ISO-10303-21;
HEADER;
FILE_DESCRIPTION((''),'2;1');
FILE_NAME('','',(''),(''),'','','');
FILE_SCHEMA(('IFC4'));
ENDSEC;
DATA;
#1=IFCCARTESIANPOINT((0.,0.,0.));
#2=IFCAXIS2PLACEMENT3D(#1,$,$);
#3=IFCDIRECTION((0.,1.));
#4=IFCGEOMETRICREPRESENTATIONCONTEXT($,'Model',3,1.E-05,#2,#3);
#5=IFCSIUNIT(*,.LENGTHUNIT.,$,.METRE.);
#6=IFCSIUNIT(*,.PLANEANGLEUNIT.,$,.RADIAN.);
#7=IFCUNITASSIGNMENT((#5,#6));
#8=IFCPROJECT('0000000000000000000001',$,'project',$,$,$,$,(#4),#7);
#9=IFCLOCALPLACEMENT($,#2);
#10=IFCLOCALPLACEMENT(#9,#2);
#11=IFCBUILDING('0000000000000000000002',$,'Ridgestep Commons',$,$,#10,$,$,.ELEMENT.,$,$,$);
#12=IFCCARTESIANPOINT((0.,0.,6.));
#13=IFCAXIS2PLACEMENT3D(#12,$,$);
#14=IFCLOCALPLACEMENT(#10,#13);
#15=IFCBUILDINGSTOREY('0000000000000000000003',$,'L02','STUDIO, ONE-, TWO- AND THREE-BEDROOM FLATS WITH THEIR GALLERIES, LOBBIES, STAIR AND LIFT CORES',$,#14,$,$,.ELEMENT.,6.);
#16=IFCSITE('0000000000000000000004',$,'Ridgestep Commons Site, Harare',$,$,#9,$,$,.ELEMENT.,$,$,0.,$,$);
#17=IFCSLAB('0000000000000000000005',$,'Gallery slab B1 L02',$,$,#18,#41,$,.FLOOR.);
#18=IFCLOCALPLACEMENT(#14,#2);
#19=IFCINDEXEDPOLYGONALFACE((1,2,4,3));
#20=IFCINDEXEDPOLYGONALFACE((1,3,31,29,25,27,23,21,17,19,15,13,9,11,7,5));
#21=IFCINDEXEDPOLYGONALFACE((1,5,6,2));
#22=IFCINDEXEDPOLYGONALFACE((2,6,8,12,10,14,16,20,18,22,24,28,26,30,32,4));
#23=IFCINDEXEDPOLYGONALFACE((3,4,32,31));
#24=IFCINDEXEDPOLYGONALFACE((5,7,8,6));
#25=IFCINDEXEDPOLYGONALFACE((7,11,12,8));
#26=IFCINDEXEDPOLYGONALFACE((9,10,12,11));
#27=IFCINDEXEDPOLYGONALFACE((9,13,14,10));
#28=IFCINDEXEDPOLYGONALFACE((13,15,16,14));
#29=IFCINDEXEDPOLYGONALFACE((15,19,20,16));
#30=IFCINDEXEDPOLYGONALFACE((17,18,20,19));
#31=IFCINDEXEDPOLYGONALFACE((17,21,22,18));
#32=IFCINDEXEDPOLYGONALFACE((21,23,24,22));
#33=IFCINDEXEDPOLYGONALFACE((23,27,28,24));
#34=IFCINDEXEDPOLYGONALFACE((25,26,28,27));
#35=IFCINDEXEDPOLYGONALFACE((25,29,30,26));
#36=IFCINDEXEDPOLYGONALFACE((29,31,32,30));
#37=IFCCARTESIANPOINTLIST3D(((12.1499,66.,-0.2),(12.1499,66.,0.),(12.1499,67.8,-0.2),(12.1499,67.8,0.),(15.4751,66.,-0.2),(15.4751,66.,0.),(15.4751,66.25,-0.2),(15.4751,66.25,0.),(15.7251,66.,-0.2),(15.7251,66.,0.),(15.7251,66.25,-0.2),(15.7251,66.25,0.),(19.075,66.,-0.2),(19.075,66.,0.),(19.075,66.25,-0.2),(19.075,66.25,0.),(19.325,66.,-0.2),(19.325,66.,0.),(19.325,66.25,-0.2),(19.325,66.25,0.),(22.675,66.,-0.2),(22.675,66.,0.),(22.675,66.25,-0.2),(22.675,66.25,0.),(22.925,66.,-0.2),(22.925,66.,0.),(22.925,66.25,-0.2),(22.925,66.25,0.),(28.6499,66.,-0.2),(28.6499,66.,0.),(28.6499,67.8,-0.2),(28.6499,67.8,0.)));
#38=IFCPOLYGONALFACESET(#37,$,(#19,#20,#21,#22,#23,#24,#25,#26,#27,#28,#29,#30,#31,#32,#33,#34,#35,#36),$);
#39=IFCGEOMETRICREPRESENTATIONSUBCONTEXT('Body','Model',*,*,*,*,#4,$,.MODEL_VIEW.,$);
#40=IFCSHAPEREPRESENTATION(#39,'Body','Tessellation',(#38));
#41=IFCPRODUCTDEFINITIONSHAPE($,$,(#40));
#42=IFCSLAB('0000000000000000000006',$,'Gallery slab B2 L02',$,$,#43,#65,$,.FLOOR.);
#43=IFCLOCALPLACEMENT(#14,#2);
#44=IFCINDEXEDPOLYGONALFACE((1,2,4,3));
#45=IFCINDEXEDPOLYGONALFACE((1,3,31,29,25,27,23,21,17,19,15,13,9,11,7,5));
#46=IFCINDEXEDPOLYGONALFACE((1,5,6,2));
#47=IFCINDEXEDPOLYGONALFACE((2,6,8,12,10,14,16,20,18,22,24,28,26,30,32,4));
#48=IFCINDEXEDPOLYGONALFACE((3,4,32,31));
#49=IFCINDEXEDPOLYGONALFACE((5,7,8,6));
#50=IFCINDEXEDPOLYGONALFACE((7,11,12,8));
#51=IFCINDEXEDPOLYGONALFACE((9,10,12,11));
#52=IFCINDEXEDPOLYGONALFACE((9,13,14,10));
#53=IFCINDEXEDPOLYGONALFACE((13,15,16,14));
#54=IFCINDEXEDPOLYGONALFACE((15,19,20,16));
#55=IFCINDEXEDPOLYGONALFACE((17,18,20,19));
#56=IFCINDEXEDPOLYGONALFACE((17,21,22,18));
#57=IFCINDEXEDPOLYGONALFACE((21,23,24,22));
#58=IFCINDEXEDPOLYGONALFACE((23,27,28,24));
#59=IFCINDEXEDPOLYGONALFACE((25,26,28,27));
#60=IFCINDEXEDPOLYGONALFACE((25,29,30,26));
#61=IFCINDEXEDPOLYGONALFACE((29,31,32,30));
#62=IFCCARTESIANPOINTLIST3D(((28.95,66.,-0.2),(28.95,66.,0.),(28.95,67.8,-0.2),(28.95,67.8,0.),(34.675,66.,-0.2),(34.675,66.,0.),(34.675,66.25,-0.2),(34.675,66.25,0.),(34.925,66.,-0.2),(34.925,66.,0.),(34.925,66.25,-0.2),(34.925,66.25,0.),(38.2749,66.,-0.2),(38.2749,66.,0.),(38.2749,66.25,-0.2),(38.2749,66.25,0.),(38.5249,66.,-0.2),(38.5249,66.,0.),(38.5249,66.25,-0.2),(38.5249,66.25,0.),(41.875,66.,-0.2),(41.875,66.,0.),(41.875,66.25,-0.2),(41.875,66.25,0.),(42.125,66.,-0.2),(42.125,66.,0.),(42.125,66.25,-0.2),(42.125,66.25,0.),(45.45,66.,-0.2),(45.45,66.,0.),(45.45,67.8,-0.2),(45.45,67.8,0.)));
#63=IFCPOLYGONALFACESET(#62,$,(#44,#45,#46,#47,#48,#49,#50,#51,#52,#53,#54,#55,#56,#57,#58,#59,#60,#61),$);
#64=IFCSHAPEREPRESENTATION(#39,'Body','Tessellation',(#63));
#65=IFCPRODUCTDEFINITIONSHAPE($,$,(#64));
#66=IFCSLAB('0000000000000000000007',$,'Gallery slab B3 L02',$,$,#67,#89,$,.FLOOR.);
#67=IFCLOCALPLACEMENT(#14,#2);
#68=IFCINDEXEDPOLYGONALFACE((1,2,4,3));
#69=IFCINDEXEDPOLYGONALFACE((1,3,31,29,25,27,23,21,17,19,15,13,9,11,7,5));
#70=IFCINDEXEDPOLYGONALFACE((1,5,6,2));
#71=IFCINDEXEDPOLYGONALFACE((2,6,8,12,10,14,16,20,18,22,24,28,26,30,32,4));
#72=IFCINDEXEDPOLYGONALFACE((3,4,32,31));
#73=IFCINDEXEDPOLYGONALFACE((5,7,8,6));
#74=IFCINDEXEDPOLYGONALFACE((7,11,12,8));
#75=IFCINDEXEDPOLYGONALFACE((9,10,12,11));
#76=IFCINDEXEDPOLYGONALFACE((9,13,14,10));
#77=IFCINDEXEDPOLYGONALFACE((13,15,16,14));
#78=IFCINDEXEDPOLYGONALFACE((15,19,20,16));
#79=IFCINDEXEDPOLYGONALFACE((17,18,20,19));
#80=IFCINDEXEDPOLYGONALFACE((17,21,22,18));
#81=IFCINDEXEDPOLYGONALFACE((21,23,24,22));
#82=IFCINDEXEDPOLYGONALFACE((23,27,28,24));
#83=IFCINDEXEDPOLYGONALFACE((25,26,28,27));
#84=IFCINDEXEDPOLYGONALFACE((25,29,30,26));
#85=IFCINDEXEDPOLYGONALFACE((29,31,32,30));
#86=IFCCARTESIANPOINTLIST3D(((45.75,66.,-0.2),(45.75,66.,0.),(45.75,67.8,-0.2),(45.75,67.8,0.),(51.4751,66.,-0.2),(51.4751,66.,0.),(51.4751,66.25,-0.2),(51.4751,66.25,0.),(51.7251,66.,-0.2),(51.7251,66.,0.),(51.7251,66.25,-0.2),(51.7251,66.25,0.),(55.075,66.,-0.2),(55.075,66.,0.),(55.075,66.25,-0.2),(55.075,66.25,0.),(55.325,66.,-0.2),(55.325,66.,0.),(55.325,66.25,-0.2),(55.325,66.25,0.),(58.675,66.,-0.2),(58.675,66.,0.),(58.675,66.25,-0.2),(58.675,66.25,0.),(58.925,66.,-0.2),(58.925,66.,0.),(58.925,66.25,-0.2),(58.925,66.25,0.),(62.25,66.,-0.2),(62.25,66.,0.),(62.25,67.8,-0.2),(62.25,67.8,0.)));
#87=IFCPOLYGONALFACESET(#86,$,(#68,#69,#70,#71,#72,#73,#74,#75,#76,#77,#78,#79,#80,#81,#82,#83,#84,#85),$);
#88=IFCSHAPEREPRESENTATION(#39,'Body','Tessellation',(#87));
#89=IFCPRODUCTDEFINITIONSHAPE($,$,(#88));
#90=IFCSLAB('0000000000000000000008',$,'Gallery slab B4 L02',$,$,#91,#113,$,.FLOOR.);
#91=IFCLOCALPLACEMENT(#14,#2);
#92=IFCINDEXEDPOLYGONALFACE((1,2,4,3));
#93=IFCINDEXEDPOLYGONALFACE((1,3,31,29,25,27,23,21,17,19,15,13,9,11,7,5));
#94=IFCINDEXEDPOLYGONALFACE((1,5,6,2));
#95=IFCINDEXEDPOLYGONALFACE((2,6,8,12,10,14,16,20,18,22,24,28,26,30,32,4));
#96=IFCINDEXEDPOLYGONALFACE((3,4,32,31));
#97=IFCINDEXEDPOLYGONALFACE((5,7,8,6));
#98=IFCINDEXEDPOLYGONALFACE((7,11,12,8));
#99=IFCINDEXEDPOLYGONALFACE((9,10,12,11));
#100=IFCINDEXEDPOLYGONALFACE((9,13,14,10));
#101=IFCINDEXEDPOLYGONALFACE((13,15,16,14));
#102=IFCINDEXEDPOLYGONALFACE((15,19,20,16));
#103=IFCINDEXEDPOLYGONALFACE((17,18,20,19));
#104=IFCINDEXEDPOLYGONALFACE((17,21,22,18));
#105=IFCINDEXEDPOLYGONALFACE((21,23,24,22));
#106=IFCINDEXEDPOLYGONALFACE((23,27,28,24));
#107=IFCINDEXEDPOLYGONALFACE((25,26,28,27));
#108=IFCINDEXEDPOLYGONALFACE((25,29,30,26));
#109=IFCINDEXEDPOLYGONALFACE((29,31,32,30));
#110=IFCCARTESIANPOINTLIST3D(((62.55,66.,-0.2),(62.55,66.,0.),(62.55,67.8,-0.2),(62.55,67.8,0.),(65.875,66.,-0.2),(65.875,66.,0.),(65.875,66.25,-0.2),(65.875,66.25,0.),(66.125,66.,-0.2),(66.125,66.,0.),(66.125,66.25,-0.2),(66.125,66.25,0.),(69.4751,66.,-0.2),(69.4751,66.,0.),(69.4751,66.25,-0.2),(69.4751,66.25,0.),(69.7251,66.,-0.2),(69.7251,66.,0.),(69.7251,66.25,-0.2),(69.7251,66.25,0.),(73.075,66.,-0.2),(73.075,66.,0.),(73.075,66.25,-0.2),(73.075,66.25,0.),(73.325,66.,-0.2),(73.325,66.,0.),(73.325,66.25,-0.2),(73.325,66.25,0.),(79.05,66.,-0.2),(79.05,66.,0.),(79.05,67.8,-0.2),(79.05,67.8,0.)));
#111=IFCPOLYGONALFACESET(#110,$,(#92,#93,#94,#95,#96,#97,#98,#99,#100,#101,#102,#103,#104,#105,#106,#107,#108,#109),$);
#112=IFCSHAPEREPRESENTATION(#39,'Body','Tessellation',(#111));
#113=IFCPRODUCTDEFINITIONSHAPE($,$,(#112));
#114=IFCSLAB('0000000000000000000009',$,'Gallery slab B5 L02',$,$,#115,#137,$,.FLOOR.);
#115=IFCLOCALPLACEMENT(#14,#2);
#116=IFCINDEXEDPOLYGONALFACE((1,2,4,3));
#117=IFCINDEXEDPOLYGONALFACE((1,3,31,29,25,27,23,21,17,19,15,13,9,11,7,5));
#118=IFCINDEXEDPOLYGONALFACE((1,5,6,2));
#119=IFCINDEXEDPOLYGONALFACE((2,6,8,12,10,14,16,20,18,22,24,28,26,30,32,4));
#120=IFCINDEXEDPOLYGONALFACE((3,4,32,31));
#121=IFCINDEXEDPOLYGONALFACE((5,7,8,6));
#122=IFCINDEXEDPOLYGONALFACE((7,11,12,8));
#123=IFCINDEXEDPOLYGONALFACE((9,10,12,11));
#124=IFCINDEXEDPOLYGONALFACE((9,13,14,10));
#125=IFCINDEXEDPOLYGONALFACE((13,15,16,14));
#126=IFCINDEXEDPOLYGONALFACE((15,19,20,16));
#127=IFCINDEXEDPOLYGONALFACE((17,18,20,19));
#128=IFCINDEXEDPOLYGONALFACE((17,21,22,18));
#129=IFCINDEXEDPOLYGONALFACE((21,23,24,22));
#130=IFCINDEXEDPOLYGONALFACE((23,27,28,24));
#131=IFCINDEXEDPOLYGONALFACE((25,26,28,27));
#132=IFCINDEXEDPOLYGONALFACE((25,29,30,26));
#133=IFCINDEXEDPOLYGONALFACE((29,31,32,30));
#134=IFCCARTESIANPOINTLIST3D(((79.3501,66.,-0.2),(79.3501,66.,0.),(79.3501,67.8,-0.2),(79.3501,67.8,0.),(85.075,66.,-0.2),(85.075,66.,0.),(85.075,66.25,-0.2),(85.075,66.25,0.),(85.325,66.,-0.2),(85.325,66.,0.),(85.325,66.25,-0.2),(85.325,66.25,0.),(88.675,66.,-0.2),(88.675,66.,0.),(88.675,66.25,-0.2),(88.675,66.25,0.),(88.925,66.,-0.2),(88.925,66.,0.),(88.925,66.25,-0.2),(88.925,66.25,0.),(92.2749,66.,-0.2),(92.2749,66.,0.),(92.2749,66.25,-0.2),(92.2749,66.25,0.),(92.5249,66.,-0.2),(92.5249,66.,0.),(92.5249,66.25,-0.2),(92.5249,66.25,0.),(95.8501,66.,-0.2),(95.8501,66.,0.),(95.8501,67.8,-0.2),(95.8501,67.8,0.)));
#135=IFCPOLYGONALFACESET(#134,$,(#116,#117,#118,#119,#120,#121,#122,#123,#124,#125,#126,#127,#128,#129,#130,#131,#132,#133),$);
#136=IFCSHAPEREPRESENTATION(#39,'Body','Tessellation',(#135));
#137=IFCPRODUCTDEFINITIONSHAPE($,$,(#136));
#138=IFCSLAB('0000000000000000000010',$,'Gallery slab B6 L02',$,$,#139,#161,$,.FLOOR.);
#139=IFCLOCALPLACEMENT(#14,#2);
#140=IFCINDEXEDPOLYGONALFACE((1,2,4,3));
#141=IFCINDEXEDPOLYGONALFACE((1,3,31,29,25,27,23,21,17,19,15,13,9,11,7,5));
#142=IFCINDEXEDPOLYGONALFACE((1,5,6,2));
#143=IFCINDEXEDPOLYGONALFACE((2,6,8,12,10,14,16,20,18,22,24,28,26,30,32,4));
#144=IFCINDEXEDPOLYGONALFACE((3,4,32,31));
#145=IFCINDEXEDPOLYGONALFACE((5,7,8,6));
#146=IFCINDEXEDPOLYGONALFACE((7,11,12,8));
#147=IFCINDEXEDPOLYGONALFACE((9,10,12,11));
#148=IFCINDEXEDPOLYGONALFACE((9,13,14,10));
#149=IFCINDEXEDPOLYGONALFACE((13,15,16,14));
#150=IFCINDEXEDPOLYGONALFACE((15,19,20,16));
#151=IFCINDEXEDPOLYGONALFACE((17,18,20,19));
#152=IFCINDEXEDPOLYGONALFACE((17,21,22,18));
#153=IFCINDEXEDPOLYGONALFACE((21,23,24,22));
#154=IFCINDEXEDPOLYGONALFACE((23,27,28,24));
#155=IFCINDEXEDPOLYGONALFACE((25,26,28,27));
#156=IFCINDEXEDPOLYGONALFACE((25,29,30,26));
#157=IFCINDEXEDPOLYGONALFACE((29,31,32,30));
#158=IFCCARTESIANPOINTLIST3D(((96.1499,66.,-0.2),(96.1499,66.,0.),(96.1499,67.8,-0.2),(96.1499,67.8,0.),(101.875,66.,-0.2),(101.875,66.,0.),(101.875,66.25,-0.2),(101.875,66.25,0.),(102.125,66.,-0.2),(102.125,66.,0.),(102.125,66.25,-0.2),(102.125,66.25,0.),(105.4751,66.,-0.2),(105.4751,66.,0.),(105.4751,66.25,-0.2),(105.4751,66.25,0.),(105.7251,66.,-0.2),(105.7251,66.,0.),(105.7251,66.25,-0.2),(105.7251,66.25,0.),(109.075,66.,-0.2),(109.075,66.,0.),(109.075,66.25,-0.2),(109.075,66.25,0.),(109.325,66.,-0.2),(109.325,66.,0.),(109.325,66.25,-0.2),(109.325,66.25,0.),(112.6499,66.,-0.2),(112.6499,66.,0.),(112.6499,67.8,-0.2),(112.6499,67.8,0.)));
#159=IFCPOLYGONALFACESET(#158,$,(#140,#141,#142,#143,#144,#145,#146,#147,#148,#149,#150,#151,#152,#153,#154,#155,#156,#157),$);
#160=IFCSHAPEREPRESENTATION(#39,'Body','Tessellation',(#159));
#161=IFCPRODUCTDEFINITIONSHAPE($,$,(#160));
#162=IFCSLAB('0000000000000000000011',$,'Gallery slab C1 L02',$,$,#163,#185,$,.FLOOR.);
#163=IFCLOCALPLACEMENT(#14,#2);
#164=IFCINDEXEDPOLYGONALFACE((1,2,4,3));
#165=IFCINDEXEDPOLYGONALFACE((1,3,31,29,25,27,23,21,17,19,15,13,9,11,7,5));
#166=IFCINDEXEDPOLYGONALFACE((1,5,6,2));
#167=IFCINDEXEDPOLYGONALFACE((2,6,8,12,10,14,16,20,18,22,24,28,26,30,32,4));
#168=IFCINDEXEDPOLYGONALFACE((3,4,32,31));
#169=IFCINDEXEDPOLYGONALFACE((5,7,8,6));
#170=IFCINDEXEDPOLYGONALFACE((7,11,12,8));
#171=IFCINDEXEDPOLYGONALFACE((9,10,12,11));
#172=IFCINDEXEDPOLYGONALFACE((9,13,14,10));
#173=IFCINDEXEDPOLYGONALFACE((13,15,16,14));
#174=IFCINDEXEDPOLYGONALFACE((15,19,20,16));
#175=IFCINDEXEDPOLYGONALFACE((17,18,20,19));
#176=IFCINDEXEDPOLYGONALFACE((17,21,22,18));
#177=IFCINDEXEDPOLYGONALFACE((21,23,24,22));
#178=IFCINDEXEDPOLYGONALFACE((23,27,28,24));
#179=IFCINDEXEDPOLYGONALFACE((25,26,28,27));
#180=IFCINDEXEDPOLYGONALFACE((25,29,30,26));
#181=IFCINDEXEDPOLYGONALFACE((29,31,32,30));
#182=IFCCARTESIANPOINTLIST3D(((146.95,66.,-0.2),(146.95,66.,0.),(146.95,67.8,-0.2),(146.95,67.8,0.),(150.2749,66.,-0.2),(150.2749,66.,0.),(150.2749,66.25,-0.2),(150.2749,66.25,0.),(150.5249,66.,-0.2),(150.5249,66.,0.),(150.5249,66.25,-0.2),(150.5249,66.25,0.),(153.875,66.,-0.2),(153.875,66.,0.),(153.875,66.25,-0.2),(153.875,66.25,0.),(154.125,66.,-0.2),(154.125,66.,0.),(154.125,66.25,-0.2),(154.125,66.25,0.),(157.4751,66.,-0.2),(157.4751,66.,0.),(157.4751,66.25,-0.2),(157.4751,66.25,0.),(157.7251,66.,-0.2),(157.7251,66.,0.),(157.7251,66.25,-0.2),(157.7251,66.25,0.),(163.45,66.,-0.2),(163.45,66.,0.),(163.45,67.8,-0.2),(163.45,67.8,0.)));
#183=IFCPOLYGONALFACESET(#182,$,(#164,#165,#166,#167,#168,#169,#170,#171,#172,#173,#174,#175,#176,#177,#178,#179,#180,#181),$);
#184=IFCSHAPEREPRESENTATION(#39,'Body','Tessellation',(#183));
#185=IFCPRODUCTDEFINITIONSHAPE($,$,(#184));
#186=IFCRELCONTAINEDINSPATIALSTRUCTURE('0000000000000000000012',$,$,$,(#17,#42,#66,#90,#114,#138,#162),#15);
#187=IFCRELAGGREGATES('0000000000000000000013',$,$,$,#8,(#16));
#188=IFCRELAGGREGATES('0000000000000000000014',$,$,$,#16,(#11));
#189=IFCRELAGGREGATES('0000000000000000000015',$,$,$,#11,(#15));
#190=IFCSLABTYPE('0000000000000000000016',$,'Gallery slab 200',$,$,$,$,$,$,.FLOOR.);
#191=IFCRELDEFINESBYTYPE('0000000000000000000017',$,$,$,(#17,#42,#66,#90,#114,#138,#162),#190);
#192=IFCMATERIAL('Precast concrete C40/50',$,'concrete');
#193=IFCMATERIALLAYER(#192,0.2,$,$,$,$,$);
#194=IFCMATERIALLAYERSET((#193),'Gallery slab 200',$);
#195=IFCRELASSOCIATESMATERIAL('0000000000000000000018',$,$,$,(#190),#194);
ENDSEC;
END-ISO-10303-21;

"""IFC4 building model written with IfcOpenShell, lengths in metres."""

from ifc_helpers import new_model, si_unit, direction, frame, origin, place, context, subcontext, project, spatial, polyline, outline, extrude, material, layer, layer_set, type_object, element, save


model = new_model("IFC4")

# Units and contexts
model_context = context("Model", 3, precision=1e-05, world=origin(), true_north=direction((0.0, 1.0)))
body_context = subcontext(model_context, "Body", "Model", "MODEL_VIEW")
ifc_project = project(units=[si_unit("LENGTHUNIT", "METRE"), si_unit("PLANEANGLEUNIT", "RADIAN")], contexts=[model_context])

# Site, building, storey
site_placement = place(None, origin())
site = spatial("IfcSite", under=ifc_project, at=site_placement, Name="Ridgestep Commons Site, Harare", CompositionType="ELEMENT", RefElevation=0.0)
building_placement = place(site_placement, origin())
building = spatial("IfcBuilding", under=site, at=building_placement, Name="Ridgestep Commons", CompositionType="ELEMENT")
storey_placement = place(building_placement, frame((0.0, 0.0, 6.0)))
storey = spatial("IfcBuildingStorey", under=building, at=storey_placement, Name="L02", Description="STUDIO, ONE-, TWO- AND THREE-BEDROOM FLATS WITH THEIR GALLERIES, LOBBIES, STAIR AND LIFT CORES", CompositionType="ELEMENT", Elevation=6.0)

# Slabs
ifc_material_1 = material(Name="Precast concrete C40/50", Category="concrete")
ifc_layer_1 = layer(ifc_material_1, 0.2)
ifc_layer_set_1 = layer_set([ifc_layer_1], Name="Gallery slab 200")
slab_type_1 = type_object("IfcSlabType", Name="Gallery slab 200", PredefinedType="FLOOR", material=ifc_layer_set_1)
slab_1_placement = place(storey_placement, frame((0.0, 0.0, -0.2)))
element("IfcSlab", 1, at=slab_1_placement, inside=storey, type_object=slab_type_1, Name="Gallery slab B1 L02", PredefinedType="FLOOR", context=body_context, shape_type="SweptSolid", body=[
    extrude(outline(polyline([(28.6499, 67.8), (12.1499, 67.8), (12.1499, 66.0), (15.4751, 66.0), (15.4751, 66.25), (15.7251, 66.25), (15.7251, 66.0), (19.075, 66.0), (19.075, 66.25), (19.325, 66.25), (19.325, 66.0), (22.675, 66.0), (22.675, 66.25), (22.925, 66.25), (22.925, 66.0), (28.6499, 66.0), (28.6499, 67.8)])), origin(), (0.0, 0.0, 1.0), 0.2),
])
slab_2_placement = place(storey_placement, frame((0.0, 0.0, -0.2)))
element("IfcSlab", 2, at=slab_2_placement, inside=storey, type_object=slab_type_1, Name="Gallery slab B2 L02", PredefinedType="FLOOR", context=body_context, shape_type="SweptSolid", body=[
    extrude(outline(polyline([(45.45, 67.8), (28.95, 67.8), (28.95, 66.0), (34.675, 66.0), (34.675, 66.25), (34.925, 66.25), (34.925, 66.0), (38.2749, 66.0), (38.2749, 66.25), (38.5249, 66.25), (38.5249, 66.0), (41.875, 66.0), (41.875, 66.25), (42.125, 66.25), (42.125, 66.0), (45.45, 66.0), (45.45, 67.8)])), origin(), (0.0, 0.0, 1.0), 0.2),
])
slab_3_placement = place(storey_placement, frame((0.0, 0.0, -0.2)))
element("IfcSlab", 3, at=slab_3_placement, inside=storey, type_object=slab_type_1, Name="Gallery slab B3 L02", PredefinedType="FLOOR", context=body_context, shape_type="SweptSolid", body=[
    extrude(outline(polyline([(62.25, 67.8), (45.75, 67.8), (45.75, 66.0), (51.4751, 66.0), (51.4751, 66.25), (51.7251, 66.25), (51.7251, 66.0), (55.075, 66.0), (55.075, 66.25), (55.325, 66.25), (55.325, 66.0), (58.675, 66.0), (58.675, 66.25), (58.925, 66.25), (58.925, 66.0), (62.25, 66.0), (62.25, 67.8)])), origin(), (0.0, 0.0, 1.0), 0.2),
])
slab_4_placement = place(storey_placement, frame((0.0, 0.0, -0.2)))
element("IfcSlab", 4, at=slab_4_placement, inside=storey, type_object=slab_type_1, Name="Gallery slab B4 L02", PredefinedType="FLOOR", context=body_context, shape_type="SweptSolid", body=[
    extrude(outline(polyline([(79.05, 67.8), (62.55, 67.8), (62.55, 66.0), (65.875, 66.0), (65.875, 66.25), (66.125, 66.25), (66.125, 66.0), (69.4751, 66.0), (69.4751, 66.25), (69.7251, 66.25), (69.7251, 66.0), (73.075, 66.0), (73.075, 66.25), (73.325, 66.25), (73.325, 66.0), (79.05, 66.0), (79.05, 67.8)])), origin(), (0.0, 0.0, 1.0), 0.2),
])
slab_5_placement = place(storey_placement, frame((0.0, 0.0, -0.2)))
element("IfcSlab", 5, at=slab_5_placement, inside=storey, type_object=slab_type_1, Name="Gallery slab B5 L02", PredefinedType="FLOOR", context=body_context, shape_type="SweptSolid", body=[
    extrude(outline(polyline([(95.8501, 67.8), (79.3501, 67.8), (79.3501, 66.0), (85.075, 66.0), (85.075, 66.25), (85.325, 66.25), (85.325, 66.0), (88.675, 66.0), (88.675, 66.25), (88.925, 66.25), (88.925, 66.0), (92.2749, 66.0), (92.2749, 66.25), (92.5249, 66.25), (92.5249, 66.0), (95.8501, 66.0), (95.8501, 67.8)])), origin(), (0.0, 0.0, 1.0), 0.2),
])
slab_6_placement = place(storey_placement, frame((0.0, 0.0, -0.2)))
element("IfcSlab", 6, at=slab_6_placement, inside=storey, type_object=slab_type_1, Name="Gallery slab B6 L02", PredefinedType="FLOOR", context=body_context, shape_type="SweptSolid", body=[
    extrude(outline(polyline([(112.6499, 67.8), (96.1499, 67.8), (96.1499, 66.0), (101.875, 66.0), (101.875, 66.25), (102.125, 66.25), (102.125, 66.0), (105.4751, 66.0), (105.4751, 66.25), (105.7251, 66.25), (105.7251, 66.0), (109.075, 66.0), (109.075, 66.25), (109.325, 66.25), (109.325, 66.0), (112.6499, 66.0), (112.6499, 67.8)])), origin(), (0.0, 0.0, 1.0), 0.2),
])
slab_7_placement = place(storey_placement, frame((0.0, 0.0, -0.2)))
element("IfcSlab", 7, at=slab_7_placement, inside=storey, type_object=slab_type_1, Name="Gallery slab C1 L02", PredefinedType="FLOOR", context=body_context, shape_type="SweptSolid", body=[
    extrude(outline(polyline([(163.45, 67.8), (146.95, 67.8), (146.95, 66.0), (150.2749, 66.0), (150.2749, 66.25), (150.5249, 66.25), (150.5249, 66.0), (153.875, 66.0), (153.875, 66.25), (154.125, 66.25), (154.125, 66.0), (157.4751, 66.0), (157.4751, 66.25), (157.7251, 66.25), (157.7251, 66.0), (163.45, 66.0), (163.45, 67.8)])), origin(), (0.0, 0.0, 1.0), 0.2),
])

save(model, "model.ifc")
